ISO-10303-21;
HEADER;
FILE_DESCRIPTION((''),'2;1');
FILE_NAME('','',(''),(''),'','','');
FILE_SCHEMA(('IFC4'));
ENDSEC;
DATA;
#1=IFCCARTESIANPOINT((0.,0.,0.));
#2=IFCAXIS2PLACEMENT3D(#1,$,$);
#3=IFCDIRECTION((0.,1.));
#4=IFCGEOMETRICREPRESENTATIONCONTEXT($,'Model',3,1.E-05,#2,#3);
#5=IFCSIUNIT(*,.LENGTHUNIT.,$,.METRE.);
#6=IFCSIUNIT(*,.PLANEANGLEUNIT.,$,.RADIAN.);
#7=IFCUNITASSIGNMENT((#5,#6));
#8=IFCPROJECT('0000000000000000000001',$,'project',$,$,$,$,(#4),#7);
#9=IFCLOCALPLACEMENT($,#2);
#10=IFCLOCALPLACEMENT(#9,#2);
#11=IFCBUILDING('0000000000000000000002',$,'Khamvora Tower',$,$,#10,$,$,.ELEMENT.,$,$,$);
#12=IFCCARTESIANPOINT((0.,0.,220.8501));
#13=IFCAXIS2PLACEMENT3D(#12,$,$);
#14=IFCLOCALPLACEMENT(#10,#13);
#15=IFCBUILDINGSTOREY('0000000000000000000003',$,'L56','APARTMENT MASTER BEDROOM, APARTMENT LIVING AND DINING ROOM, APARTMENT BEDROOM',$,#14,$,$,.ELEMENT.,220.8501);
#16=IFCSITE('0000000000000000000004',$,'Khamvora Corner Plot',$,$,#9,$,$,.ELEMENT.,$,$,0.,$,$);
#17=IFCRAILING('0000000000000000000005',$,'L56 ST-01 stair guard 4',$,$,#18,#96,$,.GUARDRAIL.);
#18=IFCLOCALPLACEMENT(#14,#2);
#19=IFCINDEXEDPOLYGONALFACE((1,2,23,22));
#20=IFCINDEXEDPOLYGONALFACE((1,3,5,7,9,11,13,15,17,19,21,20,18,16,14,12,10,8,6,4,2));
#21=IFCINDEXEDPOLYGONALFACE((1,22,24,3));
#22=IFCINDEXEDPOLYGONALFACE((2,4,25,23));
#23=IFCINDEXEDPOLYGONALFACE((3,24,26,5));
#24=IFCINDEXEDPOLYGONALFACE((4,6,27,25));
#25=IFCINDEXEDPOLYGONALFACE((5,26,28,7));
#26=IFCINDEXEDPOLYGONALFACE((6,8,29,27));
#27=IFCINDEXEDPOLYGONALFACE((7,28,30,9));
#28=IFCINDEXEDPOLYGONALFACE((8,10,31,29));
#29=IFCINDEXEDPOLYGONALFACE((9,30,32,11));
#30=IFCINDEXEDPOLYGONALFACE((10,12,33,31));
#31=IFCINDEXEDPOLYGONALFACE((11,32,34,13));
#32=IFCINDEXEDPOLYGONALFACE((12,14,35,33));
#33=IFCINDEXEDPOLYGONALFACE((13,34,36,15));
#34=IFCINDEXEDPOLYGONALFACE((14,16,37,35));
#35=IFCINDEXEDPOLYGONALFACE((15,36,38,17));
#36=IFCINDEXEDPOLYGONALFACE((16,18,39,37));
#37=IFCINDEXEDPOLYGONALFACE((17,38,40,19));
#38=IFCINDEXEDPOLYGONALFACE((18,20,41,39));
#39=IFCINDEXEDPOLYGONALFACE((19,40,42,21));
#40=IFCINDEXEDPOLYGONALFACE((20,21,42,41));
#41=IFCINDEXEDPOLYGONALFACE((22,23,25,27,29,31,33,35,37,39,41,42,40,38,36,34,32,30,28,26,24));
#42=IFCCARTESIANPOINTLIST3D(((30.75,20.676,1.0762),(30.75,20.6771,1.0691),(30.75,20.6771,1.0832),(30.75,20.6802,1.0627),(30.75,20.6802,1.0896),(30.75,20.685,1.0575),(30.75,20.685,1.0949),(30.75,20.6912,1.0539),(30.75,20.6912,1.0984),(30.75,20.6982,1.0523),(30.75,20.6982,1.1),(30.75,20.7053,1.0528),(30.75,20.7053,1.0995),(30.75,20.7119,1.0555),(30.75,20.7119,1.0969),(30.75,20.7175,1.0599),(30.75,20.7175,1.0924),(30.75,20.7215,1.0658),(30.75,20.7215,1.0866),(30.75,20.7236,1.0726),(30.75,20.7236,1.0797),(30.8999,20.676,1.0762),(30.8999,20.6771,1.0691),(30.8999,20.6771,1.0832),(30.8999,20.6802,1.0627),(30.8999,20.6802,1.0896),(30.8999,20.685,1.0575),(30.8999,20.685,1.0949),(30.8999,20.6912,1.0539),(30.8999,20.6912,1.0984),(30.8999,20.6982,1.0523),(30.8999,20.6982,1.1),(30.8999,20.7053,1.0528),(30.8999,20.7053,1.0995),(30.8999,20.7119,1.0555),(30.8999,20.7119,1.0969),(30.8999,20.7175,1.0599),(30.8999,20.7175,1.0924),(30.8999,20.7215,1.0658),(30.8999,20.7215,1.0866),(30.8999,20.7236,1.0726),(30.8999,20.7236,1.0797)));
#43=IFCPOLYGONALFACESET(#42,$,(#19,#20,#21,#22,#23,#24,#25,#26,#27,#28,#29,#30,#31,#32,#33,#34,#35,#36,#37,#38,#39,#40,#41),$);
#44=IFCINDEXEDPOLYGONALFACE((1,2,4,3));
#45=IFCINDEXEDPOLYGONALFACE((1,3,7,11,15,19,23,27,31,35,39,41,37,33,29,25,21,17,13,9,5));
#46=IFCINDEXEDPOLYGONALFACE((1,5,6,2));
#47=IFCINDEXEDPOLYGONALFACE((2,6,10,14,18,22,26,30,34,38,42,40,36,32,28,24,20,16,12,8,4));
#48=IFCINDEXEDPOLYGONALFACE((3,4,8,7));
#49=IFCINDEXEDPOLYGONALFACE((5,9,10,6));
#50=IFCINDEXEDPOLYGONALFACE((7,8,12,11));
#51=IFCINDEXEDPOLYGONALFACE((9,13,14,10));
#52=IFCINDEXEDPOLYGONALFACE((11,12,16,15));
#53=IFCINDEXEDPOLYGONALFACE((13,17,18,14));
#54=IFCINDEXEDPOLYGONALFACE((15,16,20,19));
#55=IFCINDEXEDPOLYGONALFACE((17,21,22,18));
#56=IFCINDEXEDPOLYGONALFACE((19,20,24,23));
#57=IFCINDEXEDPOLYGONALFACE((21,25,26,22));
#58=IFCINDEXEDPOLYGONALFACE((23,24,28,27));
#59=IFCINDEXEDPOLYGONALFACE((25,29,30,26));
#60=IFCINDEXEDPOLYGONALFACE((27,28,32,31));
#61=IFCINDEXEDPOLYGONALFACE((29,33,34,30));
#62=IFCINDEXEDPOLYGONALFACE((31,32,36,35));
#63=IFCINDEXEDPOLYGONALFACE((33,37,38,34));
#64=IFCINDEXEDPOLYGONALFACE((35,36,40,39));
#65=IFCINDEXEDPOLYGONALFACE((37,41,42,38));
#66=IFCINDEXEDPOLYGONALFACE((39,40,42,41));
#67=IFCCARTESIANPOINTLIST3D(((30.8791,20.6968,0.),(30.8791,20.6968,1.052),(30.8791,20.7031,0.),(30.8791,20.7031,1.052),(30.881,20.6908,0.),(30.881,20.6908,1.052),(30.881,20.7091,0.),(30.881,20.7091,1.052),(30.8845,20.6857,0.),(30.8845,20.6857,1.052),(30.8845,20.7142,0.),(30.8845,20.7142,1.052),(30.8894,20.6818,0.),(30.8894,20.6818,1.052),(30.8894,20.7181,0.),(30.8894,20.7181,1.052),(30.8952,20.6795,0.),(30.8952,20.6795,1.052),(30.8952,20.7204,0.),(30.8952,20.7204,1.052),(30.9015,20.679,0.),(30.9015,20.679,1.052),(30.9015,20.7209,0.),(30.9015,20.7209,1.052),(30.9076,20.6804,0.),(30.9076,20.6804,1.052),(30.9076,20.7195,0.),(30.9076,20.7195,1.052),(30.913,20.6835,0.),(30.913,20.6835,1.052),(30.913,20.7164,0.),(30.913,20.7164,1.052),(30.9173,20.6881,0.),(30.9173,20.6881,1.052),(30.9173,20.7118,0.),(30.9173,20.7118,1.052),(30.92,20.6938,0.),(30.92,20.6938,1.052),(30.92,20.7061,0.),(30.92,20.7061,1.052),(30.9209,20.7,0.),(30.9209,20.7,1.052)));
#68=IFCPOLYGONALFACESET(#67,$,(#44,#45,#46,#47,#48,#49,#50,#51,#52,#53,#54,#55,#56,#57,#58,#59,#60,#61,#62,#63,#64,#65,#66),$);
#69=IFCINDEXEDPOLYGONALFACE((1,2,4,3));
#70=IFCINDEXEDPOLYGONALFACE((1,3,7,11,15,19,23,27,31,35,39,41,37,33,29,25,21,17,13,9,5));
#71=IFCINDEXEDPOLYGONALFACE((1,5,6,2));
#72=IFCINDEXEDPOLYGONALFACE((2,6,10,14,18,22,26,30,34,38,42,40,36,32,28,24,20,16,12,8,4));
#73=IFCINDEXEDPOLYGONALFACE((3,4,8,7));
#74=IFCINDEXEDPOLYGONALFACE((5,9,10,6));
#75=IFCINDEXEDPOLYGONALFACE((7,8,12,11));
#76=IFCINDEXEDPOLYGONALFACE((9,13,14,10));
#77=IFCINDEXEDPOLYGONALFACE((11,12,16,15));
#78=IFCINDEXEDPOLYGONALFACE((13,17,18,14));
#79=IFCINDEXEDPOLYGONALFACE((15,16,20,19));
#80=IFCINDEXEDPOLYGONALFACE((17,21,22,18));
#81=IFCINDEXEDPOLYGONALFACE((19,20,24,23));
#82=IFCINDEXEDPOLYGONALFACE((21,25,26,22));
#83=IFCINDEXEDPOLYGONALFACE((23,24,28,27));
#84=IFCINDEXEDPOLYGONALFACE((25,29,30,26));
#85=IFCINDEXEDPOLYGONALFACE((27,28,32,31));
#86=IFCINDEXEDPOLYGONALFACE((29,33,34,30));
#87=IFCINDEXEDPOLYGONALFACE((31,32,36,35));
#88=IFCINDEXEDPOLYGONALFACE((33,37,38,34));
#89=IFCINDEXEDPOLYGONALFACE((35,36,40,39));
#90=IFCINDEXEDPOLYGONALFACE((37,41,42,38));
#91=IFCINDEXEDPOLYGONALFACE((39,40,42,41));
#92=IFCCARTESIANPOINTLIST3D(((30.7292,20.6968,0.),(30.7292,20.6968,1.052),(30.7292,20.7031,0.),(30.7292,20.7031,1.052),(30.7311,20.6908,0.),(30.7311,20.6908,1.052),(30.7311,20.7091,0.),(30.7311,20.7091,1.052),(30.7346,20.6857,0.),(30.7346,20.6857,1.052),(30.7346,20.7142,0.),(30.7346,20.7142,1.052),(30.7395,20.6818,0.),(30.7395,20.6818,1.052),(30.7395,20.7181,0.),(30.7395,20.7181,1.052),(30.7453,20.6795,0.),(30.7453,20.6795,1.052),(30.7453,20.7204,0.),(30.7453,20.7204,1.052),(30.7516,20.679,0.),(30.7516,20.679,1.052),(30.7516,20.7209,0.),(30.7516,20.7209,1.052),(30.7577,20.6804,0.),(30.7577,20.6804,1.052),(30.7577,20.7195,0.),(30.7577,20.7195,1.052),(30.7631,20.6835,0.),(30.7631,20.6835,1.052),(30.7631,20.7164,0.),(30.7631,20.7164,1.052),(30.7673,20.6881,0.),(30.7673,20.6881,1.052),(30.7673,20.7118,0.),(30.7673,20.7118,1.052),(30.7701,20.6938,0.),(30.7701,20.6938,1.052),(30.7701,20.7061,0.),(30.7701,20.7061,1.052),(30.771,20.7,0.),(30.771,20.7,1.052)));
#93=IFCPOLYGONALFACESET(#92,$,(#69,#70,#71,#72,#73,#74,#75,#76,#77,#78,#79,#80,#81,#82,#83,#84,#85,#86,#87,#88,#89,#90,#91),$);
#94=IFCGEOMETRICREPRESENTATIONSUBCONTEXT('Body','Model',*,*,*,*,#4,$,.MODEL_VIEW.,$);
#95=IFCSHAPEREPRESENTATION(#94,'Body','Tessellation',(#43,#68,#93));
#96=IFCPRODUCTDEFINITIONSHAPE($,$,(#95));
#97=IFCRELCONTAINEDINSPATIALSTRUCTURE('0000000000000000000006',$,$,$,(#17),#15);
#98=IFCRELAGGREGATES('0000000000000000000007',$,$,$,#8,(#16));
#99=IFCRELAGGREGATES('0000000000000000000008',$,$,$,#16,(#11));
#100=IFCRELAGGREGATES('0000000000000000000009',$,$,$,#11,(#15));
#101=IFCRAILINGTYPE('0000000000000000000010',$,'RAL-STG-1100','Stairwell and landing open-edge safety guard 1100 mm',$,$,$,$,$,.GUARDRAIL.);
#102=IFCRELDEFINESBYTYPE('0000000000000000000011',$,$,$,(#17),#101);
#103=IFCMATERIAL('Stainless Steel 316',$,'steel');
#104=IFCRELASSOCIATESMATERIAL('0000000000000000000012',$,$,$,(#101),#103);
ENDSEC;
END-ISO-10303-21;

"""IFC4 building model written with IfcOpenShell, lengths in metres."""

from ifc_helpers import new_model, si_unit, direction, frame, origin, origin_2d, place, context, subcontext, project, spatial, circle, extrude, material, type_object, element, save


model = new_model("IFC4")

# Units and contexts
model_context = context("Model", 3, precision=1e-05, world=origin(), true_north=direction((0.0, 1.0)))
body_context = subcontext(model_context, "Body", "Model", "MODEL_VIEW")
ifc_project = project(units=[si_unit("LENGTHUNIT", "METRE"), si_unit("PLANEANGLEUNIT", "RADIAN")], contexts=[model_context])

# Site, building, storey
site_placement = place(None, origin())
site = spatial("IfcSite", under=ifc_project, at=site_placement, Name="Khamvora Corner Plot", CompositionType="ELEMENT", RefElevation=0.0)
building_placement = place(site_placement, origin())
building = spatial("IfcBuilding", under=site, at=building_placement, Name="Khamvora Tower", CompositionType="ELEMENT")
storey_placement = place(building_placement, frame((0.0, 0.0, 220.8501)))
storey = spatial("IfcBuildingStorey", under=building, at=storey_placement, Name="L56", Description="APARTMENT MASTER BEDROOM, APARTMENT LIVING AND DINING ROOM, APARTMENT BEDROOM", CompositionType="ELEMENT", Elevation=220.8501)

# Railing
ifc_material_1 = material(Name="Stainless Steel 316", Category="steel")
railing_type = type_object("IfcRailingType", Name="RAL-STG-1100", Description="Stairwell and landing open-edge safety guard 1100 mm", PredefinedType="GUARDRAIL", material=ifc_material_1)
railing_placement = place(storey_placement, frame((30.8999, 20.7, 0.0)))
element("IfcRailing", 1, at=railing_placement, inside=storey, type_object=railing_type, Name="L56 ST-01 stair guard 4", PredefinedType="GUARDRAIL", context=body_context, shape_type="SweptSolid", body=[
    extrude(circle(Radius=0.0239, at=origin_2d()), frame((0.0, 0.0, 1.0762), z_axis=(-1.0, 0.0, 0.0), x_axis=(0.0, -1.0, 0.0)), (0.0, 0.0, 1.0), 0.1499),
    extrude(circle(Radius=0.021, at=origin_2d()), origin(), (0.0, 0.0, 1.0), 1.052),
    extrude(circle(Radius=0.021, at=origin_2d()), frame((-0.1499, 0.0, 0.0)), (0.0, 0.0, 1.0), 1.052),
])

save(model, "model.ifc")
